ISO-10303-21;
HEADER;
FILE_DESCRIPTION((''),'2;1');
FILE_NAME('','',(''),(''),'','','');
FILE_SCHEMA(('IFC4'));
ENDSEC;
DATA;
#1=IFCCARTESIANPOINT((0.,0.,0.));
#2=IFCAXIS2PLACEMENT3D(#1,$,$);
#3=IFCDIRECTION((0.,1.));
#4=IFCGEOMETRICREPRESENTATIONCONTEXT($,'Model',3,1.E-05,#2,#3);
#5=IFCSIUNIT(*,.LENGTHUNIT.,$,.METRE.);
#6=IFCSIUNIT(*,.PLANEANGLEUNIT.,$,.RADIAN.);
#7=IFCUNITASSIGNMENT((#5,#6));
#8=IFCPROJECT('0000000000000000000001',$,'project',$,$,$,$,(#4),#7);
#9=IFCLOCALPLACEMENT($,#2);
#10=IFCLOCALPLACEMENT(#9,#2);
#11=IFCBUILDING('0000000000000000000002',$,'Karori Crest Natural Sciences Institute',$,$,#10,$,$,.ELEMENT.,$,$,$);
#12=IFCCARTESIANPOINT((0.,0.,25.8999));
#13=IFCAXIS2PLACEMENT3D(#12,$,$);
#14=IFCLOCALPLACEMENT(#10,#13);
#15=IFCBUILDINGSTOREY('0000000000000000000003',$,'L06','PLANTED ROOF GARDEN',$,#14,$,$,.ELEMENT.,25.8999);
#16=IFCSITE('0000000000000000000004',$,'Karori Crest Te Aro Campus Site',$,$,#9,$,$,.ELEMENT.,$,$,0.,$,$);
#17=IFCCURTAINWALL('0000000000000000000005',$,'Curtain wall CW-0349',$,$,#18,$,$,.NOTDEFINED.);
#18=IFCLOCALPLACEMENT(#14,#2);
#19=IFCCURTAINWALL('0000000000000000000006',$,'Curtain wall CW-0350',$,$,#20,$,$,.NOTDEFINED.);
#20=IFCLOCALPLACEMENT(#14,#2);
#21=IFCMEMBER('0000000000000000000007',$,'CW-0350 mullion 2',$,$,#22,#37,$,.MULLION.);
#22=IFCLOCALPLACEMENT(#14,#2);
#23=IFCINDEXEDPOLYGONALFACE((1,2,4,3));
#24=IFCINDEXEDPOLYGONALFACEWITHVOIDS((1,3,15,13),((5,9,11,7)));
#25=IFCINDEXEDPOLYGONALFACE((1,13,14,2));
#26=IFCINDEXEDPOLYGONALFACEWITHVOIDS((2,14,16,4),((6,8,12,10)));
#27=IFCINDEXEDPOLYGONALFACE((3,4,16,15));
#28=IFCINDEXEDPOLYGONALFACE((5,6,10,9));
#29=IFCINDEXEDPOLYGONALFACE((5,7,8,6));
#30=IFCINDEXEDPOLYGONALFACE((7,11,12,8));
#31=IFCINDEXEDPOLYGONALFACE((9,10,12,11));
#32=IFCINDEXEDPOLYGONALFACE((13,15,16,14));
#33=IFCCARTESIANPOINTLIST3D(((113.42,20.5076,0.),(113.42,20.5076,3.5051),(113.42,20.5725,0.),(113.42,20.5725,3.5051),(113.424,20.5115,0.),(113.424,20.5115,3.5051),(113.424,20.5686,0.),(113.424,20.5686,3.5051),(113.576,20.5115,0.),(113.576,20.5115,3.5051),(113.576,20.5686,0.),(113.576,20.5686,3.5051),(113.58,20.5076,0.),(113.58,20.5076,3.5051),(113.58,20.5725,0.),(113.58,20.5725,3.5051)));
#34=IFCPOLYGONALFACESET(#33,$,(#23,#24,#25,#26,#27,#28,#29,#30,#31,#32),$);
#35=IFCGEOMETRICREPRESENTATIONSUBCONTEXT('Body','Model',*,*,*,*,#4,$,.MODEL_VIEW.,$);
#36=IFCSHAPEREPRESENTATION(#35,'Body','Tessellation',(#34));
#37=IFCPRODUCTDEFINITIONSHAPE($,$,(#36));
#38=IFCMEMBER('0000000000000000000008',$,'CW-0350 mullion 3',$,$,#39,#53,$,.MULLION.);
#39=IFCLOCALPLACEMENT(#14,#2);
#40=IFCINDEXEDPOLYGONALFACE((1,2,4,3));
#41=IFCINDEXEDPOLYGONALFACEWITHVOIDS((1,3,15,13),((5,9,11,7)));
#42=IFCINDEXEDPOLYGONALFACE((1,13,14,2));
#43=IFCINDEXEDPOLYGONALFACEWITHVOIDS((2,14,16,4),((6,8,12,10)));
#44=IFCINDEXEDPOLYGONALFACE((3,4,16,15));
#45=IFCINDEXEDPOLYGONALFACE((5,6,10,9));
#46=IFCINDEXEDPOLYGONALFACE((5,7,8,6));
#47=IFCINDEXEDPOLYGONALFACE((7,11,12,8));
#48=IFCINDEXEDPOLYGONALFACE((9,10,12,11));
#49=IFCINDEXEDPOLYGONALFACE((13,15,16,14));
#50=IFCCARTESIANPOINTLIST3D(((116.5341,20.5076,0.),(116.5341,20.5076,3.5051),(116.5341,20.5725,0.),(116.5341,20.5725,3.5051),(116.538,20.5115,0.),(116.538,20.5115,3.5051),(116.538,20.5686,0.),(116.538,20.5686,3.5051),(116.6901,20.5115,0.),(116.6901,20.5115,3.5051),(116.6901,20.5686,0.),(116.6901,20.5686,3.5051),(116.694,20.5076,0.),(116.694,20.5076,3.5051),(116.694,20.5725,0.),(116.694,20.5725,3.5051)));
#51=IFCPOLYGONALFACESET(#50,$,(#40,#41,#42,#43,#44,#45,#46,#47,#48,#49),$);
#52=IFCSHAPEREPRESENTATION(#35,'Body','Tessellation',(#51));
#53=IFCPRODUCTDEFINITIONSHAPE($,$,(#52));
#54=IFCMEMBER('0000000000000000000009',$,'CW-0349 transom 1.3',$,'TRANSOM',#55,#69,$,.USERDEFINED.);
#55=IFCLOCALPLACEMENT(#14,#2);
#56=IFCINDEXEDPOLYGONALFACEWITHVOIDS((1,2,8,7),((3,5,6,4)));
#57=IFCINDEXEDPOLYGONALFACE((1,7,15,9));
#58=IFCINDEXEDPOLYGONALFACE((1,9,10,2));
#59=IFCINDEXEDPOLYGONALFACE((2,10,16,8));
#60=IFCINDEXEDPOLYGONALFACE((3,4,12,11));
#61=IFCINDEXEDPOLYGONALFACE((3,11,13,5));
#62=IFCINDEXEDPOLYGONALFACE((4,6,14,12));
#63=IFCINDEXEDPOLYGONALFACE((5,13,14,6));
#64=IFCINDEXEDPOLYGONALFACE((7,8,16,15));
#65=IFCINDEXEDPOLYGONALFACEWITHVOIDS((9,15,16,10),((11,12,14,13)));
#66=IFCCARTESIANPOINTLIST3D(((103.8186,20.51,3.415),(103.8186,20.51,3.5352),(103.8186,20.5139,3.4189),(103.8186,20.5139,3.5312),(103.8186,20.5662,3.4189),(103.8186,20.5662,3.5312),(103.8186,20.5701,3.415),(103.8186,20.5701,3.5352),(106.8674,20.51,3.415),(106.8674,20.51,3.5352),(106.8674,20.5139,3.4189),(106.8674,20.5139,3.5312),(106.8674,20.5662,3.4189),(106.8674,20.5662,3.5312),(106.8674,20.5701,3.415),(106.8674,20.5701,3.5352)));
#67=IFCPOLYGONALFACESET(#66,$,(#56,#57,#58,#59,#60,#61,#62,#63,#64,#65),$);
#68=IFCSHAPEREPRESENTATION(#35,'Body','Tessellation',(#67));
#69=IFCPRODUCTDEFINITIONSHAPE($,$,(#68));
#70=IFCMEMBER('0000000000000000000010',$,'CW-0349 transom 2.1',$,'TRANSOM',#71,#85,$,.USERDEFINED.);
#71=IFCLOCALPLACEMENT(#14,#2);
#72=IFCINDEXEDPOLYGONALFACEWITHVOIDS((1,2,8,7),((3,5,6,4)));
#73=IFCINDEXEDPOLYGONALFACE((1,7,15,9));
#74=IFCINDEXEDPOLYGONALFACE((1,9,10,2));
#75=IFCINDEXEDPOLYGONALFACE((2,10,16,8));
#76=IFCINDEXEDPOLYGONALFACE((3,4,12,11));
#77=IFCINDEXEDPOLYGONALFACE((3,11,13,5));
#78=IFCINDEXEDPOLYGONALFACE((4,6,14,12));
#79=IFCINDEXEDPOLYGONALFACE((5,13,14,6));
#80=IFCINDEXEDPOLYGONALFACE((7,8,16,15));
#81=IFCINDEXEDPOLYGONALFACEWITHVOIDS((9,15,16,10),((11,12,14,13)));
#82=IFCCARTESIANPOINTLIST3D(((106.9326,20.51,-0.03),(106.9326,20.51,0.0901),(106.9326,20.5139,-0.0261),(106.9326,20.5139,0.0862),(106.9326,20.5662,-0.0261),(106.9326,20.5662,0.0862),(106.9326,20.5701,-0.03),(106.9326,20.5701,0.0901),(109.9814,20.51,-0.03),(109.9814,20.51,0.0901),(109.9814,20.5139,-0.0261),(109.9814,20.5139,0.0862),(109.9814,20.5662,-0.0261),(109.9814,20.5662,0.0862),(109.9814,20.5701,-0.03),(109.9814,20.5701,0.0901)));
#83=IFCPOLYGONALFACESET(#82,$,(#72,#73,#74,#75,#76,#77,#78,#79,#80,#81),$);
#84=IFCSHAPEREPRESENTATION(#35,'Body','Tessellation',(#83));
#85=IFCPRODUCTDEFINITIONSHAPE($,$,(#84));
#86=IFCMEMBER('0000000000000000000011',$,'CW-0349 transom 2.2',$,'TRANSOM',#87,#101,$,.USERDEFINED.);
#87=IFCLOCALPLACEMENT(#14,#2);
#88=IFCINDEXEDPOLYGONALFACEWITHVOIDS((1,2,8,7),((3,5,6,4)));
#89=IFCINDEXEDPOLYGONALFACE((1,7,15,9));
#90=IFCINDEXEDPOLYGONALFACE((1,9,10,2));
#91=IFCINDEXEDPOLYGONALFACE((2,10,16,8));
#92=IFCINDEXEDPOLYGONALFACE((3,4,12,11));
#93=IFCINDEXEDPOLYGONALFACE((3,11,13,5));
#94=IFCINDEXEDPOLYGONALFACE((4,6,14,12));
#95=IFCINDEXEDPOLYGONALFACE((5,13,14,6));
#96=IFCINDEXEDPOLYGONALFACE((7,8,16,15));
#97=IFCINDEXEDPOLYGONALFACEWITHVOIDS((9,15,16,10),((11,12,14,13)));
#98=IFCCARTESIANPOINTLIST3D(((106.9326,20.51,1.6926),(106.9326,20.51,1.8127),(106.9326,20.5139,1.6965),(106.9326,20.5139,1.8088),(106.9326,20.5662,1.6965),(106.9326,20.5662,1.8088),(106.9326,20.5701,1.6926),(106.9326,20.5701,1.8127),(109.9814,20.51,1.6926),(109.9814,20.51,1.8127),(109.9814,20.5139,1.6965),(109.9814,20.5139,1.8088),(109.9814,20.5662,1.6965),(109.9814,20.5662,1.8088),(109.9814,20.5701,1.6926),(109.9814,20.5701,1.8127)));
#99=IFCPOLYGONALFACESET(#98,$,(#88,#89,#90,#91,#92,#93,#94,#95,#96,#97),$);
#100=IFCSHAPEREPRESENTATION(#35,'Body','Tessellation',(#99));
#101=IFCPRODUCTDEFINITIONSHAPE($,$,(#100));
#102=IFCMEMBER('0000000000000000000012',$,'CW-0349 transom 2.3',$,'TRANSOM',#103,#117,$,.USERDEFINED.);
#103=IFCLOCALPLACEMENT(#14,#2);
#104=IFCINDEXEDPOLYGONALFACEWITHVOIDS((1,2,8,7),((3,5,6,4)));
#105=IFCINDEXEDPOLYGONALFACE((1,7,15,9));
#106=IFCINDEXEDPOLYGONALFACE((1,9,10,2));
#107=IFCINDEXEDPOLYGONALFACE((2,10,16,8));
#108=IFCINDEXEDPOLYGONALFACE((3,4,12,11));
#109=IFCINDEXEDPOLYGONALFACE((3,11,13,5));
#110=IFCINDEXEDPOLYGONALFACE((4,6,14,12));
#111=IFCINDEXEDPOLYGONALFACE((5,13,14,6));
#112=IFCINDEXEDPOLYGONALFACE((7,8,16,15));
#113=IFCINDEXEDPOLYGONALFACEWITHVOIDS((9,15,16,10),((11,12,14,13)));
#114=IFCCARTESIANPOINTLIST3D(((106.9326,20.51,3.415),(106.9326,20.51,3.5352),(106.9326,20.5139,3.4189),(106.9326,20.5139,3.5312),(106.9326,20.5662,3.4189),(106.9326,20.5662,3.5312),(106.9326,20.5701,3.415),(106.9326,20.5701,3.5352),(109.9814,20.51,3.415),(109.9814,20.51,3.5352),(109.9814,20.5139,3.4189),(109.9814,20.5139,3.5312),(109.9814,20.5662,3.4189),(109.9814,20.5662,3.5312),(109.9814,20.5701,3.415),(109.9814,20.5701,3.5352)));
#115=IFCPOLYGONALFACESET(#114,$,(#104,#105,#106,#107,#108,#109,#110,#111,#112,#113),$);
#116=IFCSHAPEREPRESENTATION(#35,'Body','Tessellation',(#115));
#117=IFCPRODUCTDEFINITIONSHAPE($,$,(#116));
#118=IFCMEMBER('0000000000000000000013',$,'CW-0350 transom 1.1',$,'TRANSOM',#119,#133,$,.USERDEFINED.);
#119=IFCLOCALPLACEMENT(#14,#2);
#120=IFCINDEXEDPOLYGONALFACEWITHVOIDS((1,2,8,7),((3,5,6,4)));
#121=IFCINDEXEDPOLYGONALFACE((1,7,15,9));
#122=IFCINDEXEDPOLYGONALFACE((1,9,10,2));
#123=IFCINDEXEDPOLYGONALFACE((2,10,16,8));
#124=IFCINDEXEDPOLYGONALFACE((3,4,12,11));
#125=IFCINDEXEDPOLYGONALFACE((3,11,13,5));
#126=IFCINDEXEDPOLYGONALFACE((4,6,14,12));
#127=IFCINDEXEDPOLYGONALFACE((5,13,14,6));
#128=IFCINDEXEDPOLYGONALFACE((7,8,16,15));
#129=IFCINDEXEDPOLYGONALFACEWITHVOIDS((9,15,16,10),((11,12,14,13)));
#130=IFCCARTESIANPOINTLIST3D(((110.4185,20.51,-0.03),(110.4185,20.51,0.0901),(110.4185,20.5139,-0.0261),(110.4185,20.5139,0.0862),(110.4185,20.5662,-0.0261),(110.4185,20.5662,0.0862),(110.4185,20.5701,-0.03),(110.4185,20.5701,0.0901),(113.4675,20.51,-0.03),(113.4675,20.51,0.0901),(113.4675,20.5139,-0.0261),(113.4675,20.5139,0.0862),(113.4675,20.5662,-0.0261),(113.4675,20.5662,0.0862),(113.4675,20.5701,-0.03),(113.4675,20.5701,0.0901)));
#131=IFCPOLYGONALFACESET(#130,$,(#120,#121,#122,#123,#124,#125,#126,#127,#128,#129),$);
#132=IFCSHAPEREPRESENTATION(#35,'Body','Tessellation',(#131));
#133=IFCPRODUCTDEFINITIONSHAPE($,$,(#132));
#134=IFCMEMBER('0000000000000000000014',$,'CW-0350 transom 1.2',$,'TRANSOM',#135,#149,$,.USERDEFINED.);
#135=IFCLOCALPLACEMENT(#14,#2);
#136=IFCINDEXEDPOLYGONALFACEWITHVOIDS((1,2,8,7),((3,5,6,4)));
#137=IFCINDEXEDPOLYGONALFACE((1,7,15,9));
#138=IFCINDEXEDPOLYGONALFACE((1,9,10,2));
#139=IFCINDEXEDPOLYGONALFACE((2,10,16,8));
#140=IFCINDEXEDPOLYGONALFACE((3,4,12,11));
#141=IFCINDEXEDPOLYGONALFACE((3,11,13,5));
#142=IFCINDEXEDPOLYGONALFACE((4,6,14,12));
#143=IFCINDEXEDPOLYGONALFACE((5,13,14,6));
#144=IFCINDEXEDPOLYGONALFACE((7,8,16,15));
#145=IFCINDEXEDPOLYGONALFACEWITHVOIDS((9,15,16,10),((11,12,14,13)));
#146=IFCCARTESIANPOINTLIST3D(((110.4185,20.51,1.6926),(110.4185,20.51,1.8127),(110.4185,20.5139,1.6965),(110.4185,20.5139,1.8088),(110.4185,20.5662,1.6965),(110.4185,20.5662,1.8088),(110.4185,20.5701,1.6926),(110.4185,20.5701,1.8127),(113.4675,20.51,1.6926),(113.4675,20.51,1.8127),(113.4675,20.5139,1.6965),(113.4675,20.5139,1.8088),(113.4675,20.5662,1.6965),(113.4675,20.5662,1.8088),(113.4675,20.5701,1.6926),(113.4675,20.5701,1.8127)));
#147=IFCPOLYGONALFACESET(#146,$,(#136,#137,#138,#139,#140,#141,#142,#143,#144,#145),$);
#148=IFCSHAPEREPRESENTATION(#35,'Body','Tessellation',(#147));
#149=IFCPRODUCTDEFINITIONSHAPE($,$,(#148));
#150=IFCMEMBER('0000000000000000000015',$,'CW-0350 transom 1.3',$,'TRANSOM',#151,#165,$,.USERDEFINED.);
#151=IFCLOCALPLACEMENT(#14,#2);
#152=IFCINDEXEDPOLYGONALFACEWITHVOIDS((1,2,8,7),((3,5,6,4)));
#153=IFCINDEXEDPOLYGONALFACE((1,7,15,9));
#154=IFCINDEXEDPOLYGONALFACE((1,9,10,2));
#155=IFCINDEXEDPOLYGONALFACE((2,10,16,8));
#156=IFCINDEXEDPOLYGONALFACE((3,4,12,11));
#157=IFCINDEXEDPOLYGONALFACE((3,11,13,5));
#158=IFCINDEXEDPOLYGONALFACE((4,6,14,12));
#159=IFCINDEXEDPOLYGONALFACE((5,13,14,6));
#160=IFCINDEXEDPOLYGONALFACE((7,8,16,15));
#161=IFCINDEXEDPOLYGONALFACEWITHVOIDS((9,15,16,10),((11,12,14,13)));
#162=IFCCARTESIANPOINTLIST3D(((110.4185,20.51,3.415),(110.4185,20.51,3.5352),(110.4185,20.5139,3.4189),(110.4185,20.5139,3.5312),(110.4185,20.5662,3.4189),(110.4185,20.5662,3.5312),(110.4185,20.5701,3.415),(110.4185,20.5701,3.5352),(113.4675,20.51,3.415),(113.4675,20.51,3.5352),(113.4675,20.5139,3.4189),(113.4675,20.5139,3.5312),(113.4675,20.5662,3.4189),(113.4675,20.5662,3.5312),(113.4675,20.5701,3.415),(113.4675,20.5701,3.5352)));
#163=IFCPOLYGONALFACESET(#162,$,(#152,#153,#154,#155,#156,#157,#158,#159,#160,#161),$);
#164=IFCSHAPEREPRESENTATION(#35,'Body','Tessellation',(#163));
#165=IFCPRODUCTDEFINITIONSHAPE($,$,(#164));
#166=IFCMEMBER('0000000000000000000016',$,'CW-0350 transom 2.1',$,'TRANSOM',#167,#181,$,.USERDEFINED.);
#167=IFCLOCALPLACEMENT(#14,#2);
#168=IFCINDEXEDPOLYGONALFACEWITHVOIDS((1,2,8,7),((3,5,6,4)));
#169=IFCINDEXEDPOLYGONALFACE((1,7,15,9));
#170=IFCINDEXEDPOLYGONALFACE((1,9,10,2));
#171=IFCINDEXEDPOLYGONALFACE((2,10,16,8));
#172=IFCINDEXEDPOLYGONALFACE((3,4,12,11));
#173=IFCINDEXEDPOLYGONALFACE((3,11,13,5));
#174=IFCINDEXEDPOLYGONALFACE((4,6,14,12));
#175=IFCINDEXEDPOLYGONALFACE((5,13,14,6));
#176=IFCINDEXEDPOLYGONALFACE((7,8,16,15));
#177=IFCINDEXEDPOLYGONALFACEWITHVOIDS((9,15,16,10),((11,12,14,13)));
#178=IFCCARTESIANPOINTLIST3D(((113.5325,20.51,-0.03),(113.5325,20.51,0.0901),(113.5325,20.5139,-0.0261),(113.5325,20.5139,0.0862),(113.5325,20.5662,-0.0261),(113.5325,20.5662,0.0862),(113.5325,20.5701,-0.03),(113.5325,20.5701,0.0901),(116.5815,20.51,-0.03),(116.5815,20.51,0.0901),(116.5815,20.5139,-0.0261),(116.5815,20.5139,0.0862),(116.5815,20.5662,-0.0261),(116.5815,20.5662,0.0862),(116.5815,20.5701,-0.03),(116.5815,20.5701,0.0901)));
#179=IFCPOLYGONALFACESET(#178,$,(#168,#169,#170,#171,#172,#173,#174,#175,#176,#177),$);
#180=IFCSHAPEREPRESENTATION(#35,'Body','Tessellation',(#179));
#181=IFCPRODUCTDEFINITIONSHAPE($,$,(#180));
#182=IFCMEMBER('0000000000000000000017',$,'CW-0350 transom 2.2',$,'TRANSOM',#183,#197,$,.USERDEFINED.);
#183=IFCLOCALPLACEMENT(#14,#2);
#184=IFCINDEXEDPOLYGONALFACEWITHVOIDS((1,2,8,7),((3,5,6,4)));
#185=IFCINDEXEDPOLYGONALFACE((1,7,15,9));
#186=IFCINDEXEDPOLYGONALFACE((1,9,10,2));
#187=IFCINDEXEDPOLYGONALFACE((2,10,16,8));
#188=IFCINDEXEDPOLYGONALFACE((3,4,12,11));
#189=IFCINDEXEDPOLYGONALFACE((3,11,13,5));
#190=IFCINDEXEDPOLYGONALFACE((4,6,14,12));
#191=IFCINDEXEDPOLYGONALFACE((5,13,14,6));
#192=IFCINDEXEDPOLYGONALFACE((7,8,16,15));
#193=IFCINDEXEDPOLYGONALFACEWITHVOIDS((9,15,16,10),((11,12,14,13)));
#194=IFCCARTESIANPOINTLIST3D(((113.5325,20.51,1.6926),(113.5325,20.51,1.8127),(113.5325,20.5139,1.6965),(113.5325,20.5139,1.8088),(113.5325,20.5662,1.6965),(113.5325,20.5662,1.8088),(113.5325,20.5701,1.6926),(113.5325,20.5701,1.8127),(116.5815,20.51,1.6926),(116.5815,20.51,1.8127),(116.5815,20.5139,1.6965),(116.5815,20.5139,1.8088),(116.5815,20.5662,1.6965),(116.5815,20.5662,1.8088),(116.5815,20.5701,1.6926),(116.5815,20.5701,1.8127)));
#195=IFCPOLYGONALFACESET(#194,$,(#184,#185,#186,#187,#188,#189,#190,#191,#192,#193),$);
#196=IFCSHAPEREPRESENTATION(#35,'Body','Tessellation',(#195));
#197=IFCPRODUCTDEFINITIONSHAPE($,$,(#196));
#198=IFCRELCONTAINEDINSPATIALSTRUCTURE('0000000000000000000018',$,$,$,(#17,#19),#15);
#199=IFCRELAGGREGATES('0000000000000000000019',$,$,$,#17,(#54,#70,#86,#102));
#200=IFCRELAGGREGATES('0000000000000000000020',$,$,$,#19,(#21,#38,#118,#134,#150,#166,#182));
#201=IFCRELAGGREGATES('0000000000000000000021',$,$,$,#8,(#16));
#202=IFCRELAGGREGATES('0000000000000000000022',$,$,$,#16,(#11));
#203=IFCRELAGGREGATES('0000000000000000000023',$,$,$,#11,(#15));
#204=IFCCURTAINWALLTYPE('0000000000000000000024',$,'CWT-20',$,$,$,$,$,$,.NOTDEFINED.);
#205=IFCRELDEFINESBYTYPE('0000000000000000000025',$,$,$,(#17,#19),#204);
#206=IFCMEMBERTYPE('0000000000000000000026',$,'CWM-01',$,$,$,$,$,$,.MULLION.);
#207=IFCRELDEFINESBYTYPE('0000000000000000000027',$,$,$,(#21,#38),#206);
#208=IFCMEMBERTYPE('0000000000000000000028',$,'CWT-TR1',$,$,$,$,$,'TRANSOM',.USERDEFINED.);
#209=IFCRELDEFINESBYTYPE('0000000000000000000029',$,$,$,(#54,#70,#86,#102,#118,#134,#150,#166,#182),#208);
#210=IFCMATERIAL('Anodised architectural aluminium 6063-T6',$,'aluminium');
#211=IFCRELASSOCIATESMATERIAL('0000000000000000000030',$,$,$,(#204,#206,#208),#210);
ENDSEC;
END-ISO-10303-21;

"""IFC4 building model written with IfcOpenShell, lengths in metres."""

from ifc_helpers import new_model, si_unit, direction, frame, origin, origin_2d, place, context, subcontext, project, spatial, hollow_rectangle, extrude, material, material_profile, profile_set, type_object, element, aggregate, save


model = new_model("IFC4")

# Units and contexts
model_context = context("Model", 3, precision=1e-05, world=origin(), true_north=direction((0.0, 1.0)))
body_context = subcontext(model_context, "Body", "Model", "MODEL_VIEW")
ifc_project = project(units=[si_unit("LENGTHUNIT", "METRE"), si_unit("PLANEANGLEUNIT", "RADIAN")], contexts=[model_context])

# Site, building, storey
site_placement = place(None, origin())
site = spatial("IfcSite", under=ifc_project, at=site_placement, Name="Karori Crest Te Aro Campus Site", CompositionType="ELEMENT", RefElevation=0.0)
building_placement = place(site_placement, origin())
building = spatial("IfcBuilding", under=site, at=building_placement, Name="Karori Crest Natural Sciences Institute", CompositionType="ELEMENT")
storey_placement = place(building_placement, frame((0.0, 0.0, 25.8999)))
storey = spatial("IfcBuildingStorey", under=building, at=storey_placement, Name="L06", Description="PLANTED ROOF GARDEN", CompositionType="ELEMENT", Elevation=25.8999)

# Curtain walls, members
ifc_material_1 = material(Name="Anodised architectural aluminium 6063-T6", Category="aluminium")
curtain_wall_type = type_object("IfcCurtainWallType", Name="CWT-20", PredefinedType="NOTDEFINED", material=ifc_material_1)
curtain_wall_1_placement = place(storey_placement, origin())
curtain_wall_1 = element("IfcCurtainWall", 1, at=curtain_wall_1_placement, inside=storey, type_object=curtain_wall_type, Name="Curtain wall CW-0349", PredefinedType="NOTDEFINED")
ifc_material_profile_1 = material_profile(ifc_material_1, hollow_rectangle(XDim=0.0649, YDim=0.1599, WallThickness=0.0039, at=origin_2d()), Name="CWM160x65x4")
ifc_profile_set_1 = profile_set([ifc_material_profile_1], Name="Anodised architectural aluminium 6063-T6")
member_type_1 = type_object("IfcMemberType", Name="CWM-01", PredefinedType="MULLION", material=ifc_profile_set_1)
curtain_wall_2_placement = place(storey_placement, origin())
curtain_wall_2 = element("IfcCurtainWall", 2, at=curtain_wall_2_placement, inside=storey, type_object=curtain_wall_type, Name="Curtain wall CW-0350", PredefinedType="NOTDEFINED")
member_1_placement = place(storey_placement, frame((113.5, 20.54, 0.0), z_axis=(0.0, 0.0, 1.0), x_axis=(0.0, 1.0, 0.0)))
member_1 = element("IfcMember", 3, at=member_1_placement, type_object=member_type_1, Name="CW-0350 mullion 2", PredefinedType="MULLION", context=body_context, shape_type="SweptSolid", body=[
    extrude(hollow_rectangle(XDim=0.0649, YDim=0.1599, WallThickness=0.0039, at=origin_2d()), origin(), (0.0, 0.0, 1.0), 3.5051),
])
member_2_placement = place(storey_placement, frame((116.614, 20.54, 0.0), z_axis=(0.0, 0.0, 1.0), x_axis=(0.0, 1.0, 0.0)))
member_2 = element("IfcMember", 4, at=member_2_placement, type_object=member_type_1, Name="CW-0350 mullion 3", PredefinedType="MULLION", context=body_context, shape_type="SweptSolid", body=[
    extrude(hollow_rectangle(XDim=0.0649, YDim=0.1599, WallThickness=0.0039, at=origin_2d()), origin(), (0.0, 0.0, 1.0), 3.5051),
])

# Members
ifc_material_profile_2 = material_profile(ifc_material_1, hollow_rectangle(XDim=0.0601, YDim=0.1201, WallThickness=0.0039, at=origin_2d()), Name="CWT120x60x4")
ifc_profile_set_2 = profile_set([ifc_material_profile_2], Name="Anodised architectural aluminium 6063-T6")
member_type_2 = type_object("IfcMemberType", Name="CWT-TR1", ElementType="TRANSOM", PredefinedType="USERDEFINED", material=ifc_profile_set_2)
member_3_placement = place(storey_placement, frame((103.8186, 20.54, 3.4751), z_axis=(1.0, 0.0, 0.0), x_axis=(0.0, 1.0, 0.0)))
member_3 = element("IfcMember", 5, at=member_3_placement, type_object=member_type_2, Name="CW-0349 transom 1.3", ObjectType="TRANSOM", PredefinedType="USERDEFINED", context=body_context, shape_type="SweptSolid", body=[
    extrude(hollow_rectangle(XDim=0.0601, YDim=0.1201, WallThickness=0.0039, at=origin_2d()), origin(), (0.0, 0.0, 1.0), 3.0488),
])
member_4_placement = place(storey_placement, frame((106.9326, 20.54, 0.03), z_axis=(1.0, 0.0, 0.0), x_axis=(0.0, 1.0, 0.0)))
member_4 = element("IfcMember", 6, at=member_4_placement, type_object=member_type_2, Name="CW-0349 transom 2.1", ObjectType="TRANSOM", PredefinedType="USERDEFINED", context=body_context, shape_type="SweptSolid", body=[
    extrude(hollow_rectangle(XDim=0.0601, YDim=0.1201, WallThickness=0.0039, at=origin_2d()), origin(), (0.0, 0.0, 1.0), 3.0488),
])
member_5_placement = place(storey_placement, frame((106.9326, 20.54, 1.7527), z_axis=(1.0, 0.0, 0.0), x_axis=(0.0, 1.0, 0.0)))
member_5 = element("IfcMember", 7, at=member_5_placement, type_object=member_type_2, Name="CW-0349 transom 2.2", ObjectType="TRANSOM", PredefinedType="USERDEFINED", context=body_context, shape_type="SweptSolid", body=[
    extrude(hollow_rectangle(XDim=0.0601, YDim=0.1201, WallThickness=0.0039, at=origin_2d()), origin(), (0.0, 0.0, 1.0), 3.0488),
])
member_6_placement = place(storey_placement, frame((106.9326, 20.54, 3.4751), z_axis=(1.0, 0.0, 0.0), x_axis=(0.0, 1.0, 0.0)))
member_6 = element("IfcMember", 8, at=member_6_placement, type_object=member_type_2, Name="CW-0349 transom 2.3", ObjectType="TRANSOM", PredefinedType="USERDEFINED", context=body_context, shape_type="SweptSolid", body=[
    extrude(hollow_rectangle(XDim=0.0601, YDim=0.1201, WallThickness=0.0039, at=origin_2d()), origin(), (0.0, 0.0, 1.0), 3.0488),
])
member_7_placement = place(storey_placement, frame((110.4185, 20.54, 0.03), z_axis=(1.0, 0.0, 0.0), x_axis=(0.0, 1.0, 0.0)))
member_7 = element("IfcMember", 9, at=member_7_placement, type_object=member_type_2, Name="CW-0350 transom 1.1", ObjectType="TRANSOM", PredefinedType="USERDEFINED", context=body_context, shape_type="SweptSolid", body=[
    extrude(hollow_rectangle(XDim=0.0601, YDim=0.1201, WallThickness=0.0039, at=origin_2d()), origin(), (0.0, 0.0, 1.0), 3.0491),
])
member_8_placement = place(storey_placement, frame((110.4185, 20.54, 1.7527), z_axis=(1.0, 0.0, 0.0), x_axis=(0.0, 1.0, 0.0)))
member_8 = element("IfcMember", 10, at=member_8_placement, type_object=member_type_2, Name="CW-0350 transom 1.2", ObjectType="TRANSOM", PredefinedType="USERDEFINED", context=body_context, shape_type="SweptSolid", body=[
    extrude(hollow_rectangle(XDim=0.0601, YDim=0.1201, WallThickness=0.0039, at=origin_2d()), origin(), (0.0, 0.0, 1.0), 3.0491),
])
member_9_placement = place(storey_placement, frame((110.4185, 20.54, 3.4751), z_axis=(1.0, 0.0, 0.0), x_axis=(0.0, 1.0, 0.0)))
member_9 = element("IfcMember", 11, at=member_9_placement, type_object=member_type_2, Name="CW-0350 transom 1.3", ObjectType="TRANSOM", PredefinedType="USERDEFINED", context=body_context, shape_type="SweptSolid", body=[
    extrude(hollow_rectangle(XDim=0.0601, YDim=0.1201, WallThickness=0.0039, at=origin_2d()), origin(), (0.0, 0.0, 1.0), 3.0491),
])
member_10_placement = place(storey_placement, frame((113.5325, 20.54, 0.03), z_axis=(1.0, 0.0, 0.0), x_axis=(0.0, 1.0, 0.0)))
member_10 = element("IfcMember", 12, at=member_10_placement, type_object=member_type_2, Name="CW-0350 transom 2.1", ObjectType="TRANSOM", PredefinedType="USERDEFINED", context=body_context, shape_type="SweptSolid", body=[
    extrude(hollow_rectangle(XDim=0.0601, YDim=0.1201, WallThickness=0.0039, at=origin_2d()), origin(), (0.0, 0.0, 1.0), 3.0491),
])
member_11_placement = place(storey_placement, frame((113.5325, 20.54, 1.7527), z_axis=(1.0, 0.0, 0.0), x_axis=(0.0, 1.0, 0.0)))
member_11 = element("IfcMember", 13, at=member_11_placement, type_object=member_type_2, Name="CW-0350 transom 2.2", ObjectType="TRANSOM", PredefinedType="USERDEFINED", context=body_context, shape_type="SweptSolid", body=[
    extrude(hollow_rectangle(XDim=0.0601, YDim=0.1201, WallThickness=0.0039, at=origin_2d()), origin(), (0.0, 0.0, 1.0), 3.0491),
])

aggregate(curtain_wall_1, [member_3, member_4, member_5, member_6])
aggregate(curtain_wall_2, [member_1, member_2, member_7, member_8, member_9, member_10, member_11])

save(model, "model.ifc")
